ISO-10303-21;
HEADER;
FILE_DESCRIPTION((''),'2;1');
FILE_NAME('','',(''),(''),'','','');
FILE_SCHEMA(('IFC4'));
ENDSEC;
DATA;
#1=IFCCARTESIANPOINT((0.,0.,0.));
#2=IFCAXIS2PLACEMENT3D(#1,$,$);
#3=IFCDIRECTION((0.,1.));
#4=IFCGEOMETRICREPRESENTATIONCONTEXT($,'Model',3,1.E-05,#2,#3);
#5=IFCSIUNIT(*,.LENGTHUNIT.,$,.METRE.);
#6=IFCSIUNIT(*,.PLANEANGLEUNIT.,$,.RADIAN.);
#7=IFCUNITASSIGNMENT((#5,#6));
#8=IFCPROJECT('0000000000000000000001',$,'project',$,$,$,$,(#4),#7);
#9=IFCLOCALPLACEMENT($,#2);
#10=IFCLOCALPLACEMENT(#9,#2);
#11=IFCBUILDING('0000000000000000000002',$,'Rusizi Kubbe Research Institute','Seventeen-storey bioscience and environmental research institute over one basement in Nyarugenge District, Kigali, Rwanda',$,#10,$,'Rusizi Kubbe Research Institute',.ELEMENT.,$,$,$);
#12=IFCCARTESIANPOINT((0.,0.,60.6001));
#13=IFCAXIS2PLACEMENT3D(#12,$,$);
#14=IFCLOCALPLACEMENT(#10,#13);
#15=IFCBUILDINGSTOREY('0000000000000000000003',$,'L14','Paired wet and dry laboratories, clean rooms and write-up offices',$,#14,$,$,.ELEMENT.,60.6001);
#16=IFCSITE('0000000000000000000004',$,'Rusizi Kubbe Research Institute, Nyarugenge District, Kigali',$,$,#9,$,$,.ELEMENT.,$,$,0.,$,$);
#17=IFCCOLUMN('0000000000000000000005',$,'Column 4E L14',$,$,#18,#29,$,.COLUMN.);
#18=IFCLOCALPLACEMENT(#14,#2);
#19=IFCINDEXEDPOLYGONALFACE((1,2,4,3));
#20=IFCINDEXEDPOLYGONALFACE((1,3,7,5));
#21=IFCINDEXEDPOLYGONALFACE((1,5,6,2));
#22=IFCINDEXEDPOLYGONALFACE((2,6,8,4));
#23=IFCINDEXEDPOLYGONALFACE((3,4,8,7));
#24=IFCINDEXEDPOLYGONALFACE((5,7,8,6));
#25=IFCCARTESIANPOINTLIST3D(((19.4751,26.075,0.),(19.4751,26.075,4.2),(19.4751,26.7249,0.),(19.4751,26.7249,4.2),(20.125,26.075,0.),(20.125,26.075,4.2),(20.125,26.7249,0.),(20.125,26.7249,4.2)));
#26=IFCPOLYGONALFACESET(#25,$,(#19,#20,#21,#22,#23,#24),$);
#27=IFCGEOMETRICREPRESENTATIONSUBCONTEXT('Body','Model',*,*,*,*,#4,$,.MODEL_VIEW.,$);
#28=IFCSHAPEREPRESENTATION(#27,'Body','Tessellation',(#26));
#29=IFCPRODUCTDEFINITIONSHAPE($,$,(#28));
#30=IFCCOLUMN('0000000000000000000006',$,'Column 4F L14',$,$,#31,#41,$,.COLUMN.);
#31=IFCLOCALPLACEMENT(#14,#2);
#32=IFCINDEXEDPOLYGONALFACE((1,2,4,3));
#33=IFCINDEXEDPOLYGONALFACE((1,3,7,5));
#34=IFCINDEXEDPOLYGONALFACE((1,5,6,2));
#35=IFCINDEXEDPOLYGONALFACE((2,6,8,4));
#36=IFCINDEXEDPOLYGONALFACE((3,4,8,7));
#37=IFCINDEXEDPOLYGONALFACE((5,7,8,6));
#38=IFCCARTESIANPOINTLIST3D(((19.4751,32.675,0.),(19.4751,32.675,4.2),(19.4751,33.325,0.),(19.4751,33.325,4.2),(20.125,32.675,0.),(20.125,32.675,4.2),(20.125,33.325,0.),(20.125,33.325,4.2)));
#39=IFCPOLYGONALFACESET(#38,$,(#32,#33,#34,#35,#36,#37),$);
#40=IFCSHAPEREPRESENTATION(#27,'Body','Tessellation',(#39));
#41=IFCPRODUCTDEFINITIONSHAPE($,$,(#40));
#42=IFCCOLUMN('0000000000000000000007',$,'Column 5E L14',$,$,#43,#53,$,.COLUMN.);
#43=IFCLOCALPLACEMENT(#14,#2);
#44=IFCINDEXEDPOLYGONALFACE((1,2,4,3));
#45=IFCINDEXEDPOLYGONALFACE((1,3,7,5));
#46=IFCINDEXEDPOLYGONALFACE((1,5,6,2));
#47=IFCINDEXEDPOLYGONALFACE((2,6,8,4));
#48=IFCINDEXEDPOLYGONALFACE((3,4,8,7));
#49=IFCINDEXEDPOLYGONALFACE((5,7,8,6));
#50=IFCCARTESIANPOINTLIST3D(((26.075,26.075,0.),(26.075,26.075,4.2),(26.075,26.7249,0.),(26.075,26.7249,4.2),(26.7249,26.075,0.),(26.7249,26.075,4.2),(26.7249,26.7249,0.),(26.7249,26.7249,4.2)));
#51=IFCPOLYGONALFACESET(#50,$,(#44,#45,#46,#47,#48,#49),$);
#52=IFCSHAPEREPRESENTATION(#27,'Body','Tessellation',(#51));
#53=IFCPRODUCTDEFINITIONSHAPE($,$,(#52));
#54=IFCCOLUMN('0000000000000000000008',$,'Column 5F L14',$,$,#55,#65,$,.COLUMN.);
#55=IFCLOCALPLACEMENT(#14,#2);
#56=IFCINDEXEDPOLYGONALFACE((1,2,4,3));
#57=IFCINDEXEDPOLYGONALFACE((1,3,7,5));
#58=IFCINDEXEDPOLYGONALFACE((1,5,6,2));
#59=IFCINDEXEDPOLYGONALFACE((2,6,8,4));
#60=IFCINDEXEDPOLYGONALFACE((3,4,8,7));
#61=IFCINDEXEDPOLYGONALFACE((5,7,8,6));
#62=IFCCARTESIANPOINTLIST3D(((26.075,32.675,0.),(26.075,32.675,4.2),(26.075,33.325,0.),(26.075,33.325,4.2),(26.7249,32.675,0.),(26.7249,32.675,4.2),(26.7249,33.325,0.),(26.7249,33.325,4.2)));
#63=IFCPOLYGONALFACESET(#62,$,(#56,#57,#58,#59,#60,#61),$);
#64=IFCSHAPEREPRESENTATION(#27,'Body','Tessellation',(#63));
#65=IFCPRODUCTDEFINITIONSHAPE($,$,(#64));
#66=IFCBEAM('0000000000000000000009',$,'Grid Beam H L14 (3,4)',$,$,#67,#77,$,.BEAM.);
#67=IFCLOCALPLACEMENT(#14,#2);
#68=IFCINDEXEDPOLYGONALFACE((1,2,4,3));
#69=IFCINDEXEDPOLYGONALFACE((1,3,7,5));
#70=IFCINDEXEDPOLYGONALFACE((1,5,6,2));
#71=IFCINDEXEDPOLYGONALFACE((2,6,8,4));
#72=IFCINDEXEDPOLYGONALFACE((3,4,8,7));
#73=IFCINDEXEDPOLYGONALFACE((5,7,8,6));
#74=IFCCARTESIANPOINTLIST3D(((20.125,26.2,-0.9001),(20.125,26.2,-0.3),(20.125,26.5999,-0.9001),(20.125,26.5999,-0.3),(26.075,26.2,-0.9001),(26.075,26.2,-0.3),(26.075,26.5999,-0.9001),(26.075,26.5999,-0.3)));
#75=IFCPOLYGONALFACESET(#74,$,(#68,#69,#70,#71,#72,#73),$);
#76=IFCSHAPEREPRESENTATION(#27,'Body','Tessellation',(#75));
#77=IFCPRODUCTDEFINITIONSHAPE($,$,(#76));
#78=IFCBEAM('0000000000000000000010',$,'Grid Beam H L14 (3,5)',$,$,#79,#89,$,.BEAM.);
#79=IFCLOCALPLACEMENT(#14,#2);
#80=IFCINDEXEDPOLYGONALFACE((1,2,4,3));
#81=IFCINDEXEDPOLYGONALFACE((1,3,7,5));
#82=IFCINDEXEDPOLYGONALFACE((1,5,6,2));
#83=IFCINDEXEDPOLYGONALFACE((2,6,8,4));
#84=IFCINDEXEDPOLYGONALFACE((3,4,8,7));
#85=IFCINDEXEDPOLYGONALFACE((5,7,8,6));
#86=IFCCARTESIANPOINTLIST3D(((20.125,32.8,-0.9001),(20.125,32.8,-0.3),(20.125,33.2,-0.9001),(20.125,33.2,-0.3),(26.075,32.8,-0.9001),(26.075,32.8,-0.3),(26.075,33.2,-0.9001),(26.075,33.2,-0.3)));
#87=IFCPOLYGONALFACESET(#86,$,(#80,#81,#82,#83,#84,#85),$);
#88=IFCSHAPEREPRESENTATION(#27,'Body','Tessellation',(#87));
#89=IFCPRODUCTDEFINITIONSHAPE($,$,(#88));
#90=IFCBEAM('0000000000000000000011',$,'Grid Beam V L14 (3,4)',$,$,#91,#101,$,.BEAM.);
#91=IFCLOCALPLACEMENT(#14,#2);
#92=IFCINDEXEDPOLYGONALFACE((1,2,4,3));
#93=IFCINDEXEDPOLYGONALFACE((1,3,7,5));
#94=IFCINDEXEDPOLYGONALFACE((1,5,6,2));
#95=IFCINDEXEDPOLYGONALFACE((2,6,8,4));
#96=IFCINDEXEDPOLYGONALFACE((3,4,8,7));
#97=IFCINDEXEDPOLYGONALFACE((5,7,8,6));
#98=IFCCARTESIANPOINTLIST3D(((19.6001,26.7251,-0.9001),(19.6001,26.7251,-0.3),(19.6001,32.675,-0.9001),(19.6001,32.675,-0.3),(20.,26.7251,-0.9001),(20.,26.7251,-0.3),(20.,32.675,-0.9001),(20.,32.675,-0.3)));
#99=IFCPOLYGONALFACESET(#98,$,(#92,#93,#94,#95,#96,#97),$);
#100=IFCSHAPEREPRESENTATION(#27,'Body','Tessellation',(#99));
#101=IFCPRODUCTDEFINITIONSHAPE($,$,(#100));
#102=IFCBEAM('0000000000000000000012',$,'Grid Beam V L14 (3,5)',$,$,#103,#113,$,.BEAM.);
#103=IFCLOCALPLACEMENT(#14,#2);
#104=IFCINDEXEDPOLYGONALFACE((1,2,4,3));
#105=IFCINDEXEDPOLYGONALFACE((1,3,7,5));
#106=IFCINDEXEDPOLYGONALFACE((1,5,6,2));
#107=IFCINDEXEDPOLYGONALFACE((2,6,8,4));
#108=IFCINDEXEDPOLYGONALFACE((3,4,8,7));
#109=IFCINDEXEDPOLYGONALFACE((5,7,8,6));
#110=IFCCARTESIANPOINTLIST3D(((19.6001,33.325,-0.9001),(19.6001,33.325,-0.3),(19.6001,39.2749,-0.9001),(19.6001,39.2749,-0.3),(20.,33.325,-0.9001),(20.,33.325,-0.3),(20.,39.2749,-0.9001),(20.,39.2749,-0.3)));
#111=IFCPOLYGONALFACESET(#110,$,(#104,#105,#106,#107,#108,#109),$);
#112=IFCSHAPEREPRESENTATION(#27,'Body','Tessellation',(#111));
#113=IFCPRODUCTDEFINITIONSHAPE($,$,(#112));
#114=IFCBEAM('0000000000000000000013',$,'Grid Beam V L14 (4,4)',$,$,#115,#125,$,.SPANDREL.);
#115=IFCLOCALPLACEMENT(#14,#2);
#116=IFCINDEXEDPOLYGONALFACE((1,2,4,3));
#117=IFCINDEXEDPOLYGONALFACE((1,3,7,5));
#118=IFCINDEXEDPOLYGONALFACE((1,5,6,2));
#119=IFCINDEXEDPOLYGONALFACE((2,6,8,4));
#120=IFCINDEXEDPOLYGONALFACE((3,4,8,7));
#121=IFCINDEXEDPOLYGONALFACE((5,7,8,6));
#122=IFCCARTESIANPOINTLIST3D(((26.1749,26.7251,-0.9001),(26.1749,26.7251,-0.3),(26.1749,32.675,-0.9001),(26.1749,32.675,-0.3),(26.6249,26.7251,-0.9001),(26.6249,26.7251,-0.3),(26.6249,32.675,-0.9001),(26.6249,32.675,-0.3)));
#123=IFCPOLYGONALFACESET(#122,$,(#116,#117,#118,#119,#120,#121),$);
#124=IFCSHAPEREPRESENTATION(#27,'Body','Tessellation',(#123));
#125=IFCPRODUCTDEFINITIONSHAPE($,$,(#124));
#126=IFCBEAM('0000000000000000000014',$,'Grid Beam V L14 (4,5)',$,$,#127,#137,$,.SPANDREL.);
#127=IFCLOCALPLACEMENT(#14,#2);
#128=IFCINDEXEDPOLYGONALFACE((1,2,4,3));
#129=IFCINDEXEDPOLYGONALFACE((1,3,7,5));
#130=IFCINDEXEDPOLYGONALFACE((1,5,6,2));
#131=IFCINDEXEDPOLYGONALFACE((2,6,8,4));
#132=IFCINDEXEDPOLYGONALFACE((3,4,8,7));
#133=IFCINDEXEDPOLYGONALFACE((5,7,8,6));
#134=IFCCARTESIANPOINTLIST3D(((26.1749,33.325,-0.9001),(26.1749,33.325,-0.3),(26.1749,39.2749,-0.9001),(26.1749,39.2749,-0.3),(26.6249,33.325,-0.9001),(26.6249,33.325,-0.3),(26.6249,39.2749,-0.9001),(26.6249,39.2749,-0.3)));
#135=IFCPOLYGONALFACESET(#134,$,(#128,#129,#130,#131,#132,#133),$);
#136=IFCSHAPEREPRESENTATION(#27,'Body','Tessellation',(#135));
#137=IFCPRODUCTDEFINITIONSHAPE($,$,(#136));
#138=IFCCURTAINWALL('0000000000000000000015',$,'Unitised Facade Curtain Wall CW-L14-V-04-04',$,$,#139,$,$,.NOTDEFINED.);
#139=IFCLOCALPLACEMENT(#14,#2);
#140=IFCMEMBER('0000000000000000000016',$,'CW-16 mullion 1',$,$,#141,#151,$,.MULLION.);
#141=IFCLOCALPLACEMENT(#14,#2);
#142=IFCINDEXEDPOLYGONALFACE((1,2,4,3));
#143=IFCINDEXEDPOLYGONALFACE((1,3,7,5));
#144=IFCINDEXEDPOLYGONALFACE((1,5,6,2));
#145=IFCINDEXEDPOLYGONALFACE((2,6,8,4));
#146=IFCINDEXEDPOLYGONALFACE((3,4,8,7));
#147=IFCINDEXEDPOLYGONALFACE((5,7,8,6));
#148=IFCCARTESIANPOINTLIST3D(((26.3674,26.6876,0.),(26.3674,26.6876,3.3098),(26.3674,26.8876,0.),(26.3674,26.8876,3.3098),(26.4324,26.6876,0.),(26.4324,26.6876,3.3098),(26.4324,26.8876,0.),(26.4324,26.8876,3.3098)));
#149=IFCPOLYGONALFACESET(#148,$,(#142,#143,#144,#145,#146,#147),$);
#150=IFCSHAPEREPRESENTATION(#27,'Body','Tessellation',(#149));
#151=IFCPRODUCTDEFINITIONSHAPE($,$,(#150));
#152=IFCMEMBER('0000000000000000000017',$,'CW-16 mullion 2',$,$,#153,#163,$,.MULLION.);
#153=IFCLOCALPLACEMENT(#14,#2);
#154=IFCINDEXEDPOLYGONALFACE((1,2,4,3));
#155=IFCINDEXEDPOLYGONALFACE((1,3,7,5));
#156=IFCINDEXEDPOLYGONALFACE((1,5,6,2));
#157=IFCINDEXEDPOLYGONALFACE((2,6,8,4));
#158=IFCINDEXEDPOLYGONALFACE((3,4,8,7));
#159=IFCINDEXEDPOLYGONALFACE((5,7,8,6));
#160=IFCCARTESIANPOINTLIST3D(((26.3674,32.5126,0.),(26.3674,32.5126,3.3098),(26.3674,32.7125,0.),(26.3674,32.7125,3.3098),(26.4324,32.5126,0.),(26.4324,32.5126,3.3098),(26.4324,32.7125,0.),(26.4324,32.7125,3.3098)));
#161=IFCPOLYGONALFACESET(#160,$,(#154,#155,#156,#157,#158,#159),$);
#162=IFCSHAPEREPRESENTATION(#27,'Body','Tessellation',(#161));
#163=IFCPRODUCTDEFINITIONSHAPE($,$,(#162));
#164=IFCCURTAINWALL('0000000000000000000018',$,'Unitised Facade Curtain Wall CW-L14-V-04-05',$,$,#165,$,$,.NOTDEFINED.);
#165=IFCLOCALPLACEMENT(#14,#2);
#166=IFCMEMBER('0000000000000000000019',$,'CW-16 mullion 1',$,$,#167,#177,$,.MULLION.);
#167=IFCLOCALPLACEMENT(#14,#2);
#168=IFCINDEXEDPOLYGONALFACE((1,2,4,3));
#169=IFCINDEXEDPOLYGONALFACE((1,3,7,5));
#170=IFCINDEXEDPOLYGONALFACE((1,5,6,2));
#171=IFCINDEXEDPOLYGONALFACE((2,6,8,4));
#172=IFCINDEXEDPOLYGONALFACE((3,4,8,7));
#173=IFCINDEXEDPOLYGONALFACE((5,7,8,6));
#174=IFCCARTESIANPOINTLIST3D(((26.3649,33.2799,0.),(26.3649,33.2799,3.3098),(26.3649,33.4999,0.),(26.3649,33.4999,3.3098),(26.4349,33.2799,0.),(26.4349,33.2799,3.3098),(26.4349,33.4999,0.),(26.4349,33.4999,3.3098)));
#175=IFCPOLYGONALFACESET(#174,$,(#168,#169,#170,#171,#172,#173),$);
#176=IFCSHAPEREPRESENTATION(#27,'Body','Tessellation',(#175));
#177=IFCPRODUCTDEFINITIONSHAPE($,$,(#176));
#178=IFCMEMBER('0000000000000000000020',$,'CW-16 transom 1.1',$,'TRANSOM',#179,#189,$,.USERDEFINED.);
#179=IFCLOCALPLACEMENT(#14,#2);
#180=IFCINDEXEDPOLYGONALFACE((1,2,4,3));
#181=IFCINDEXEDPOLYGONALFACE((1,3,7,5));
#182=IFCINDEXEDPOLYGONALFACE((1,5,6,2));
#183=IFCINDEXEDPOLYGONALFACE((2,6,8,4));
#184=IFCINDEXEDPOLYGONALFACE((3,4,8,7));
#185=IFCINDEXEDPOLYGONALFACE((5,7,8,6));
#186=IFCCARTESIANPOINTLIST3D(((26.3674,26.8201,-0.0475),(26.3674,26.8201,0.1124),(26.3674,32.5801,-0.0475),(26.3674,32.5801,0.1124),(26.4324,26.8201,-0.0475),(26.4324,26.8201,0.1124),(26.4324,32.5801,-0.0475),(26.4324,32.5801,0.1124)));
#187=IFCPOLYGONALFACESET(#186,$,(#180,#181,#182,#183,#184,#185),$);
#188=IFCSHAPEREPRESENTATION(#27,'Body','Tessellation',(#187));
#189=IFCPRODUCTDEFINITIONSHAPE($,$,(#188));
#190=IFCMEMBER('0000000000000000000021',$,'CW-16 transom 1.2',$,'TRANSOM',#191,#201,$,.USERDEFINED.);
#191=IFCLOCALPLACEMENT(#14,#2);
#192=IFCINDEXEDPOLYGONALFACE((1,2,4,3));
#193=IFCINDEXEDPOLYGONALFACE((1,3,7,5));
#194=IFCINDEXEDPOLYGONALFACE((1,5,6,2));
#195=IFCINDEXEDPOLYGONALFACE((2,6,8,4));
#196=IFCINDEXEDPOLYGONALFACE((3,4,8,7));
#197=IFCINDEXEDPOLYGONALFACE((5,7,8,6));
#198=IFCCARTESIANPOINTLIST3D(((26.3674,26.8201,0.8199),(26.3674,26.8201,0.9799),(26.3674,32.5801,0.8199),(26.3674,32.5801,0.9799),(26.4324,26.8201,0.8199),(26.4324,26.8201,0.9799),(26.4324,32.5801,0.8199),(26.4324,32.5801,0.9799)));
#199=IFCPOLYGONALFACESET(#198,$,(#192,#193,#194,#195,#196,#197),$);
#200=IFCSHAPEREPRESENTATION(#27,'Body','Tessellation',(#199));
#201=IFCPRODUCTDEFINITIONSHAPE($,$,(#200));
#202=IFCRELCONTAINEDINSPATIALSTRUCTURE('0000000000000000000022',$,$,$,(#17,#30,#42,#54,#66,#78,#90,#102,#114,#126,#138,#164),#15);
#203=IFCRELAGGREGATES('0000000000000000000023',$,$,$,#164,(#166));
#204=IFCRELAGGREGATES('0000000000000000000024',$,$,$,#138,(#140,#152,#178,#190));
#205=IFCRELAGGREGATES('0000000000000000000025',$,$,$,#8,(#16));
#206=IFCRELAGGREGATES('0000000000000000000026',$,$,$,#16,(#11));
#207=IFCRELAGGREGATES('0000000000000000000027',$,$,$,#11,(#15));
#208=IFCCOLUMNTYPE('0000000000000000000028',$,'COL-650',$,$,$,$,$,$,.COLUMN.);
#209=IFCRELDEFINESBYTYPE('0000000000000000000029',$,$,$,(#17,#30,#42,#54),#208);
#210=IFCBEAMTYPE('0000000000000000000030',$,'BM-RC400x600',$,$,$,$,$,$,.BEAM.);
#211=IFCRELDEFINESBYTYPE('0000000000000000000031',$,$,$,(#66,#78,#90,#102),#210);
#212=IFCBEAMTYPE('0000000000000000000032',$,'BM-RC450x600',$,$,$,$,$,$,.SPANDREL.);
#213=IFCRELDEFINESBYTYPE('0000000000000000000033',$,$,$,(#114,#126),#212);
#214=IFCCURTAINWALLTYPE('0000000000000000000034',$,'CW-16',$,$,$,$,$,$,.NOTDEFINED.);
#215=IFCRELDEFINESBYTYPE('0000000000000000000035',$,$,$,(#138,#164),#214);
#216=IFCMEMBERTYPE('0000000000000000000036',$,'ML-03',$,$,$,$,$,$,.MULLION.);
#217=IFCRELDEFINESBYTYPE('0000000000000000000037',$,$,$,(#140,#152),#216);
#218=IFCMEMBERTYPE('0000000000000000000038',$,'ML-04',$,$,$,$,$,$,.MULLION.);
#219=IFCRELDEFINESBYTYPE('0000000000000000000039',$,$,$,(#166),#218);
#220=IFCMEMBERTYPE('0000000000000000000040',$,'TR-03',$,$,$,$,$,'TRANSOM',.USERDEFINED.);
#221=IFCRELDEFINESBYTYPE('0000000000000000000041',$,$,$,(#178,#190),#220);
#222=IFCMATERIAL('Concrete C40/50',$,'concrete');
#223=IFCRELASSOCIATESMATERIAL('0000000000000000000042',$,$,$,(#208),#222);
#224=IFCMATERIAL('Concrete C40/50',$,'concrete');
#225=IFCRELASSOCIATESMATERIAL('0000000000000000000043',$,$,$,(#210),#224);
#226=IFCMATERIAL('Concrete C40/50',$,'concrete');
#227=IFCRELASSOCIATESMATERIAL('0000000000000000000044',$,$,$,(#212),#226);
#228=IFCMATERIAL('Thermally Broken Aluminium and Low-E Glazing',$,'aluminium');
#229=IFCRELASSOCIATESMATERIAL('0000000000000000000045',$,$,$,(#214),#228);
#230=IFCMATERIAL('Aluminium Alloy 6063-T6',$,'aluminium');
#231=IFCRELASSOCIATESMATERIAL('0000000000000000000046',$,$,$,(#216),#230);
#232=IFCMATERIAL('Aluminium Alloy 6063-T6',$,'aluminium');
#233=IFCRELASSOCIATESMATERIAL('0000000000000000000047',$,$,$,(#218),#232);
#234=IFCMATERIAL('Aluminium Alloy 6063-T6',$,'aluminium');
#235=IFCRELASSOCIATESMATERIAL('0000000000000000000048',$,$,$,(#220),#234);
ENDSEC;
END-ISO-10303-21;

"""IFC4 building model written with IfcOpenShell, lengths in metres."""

from ifc_helpers import new_model, si_unit, direction, frame, origin, origin_2d, place, context, subcontext, project, spatial, rectangle, extrude, material, material_profile, profile_set, type_object, element, aggregate, save


model = new_model("IFC4")

# Units and contexts
model_context = context("Model", 3, precision=1e-05, world=origin(), true_north=direction((0.0, 1.0)))
body_context = subcontext(model_context, "Body", "Model", "MODEL_VIEW")
ifc_project = project(units=[si_unit("LENGTHUNIT", "METRE"), si_unit("PLANEANGLEUNIT", "RADIAN")], contexts=[model_context])

# Site, building, storey
site_placement = place(None, origin())
site = spatial("IfcSite", under=ifc_project, at=site_placement, Name="Rusizi Kubbe Research Institute, Nyarugenge District, Kigali", CompositionType="ELEMENT", RefElevation=0.0)
building_placement = place(site_placement, origin())
building = spatial("IfcBuilding", under=site, at=building_placement, Name="Rusizi Kubbe Research Institute", Description="Seventeen-storey bioscience and environmental research institute over one basement in Nyarugenge District, Kigali, Rwanda", LongName="Rusizi Kubbe Research Institute", CompositionType="ELEMENT")
storey_placement = place(building_placement, frame((0.0, 0.0, 60.6001)))
storey = spatial("IfcBuildingStorey", under=building, at=storey_placement, Name="L14", Description="Paired wet and dry laboratories, clean rooms and write-up offices", CompositionType="ELEMENT", Elevation=60.6001)

# Columns
ifc_material_1 = material(Name="Concrete C40/50", Category="concrete")
ifc_material_profile_1 = material_profile(ifc_material_1, rectangle(XDim=0.6499, YDim=0.6499, at=origin_2d()), Name="RC650x650")
ifc_profile_set_1 = profile_set([ifc_material_profile_1], Name="Concrete C40/50")
column_type = type_object("IfcColumnType", Name="COL-650", PredefinedType="COLUMN", material=ifc_profile_set_1)
for number, where, z_axis, x_axis, name in (
    (1, (19.8, 26.3999, 0.0), (0.0, 0.0, 1.0), (1.0, 0.0, 0.0), "Column 4E L14"),
    (2, (19.8, 33.0, 0.0), (0.0, 0.0, 1.0), (1.0, 0.0, 0.0), "Column 4F L14"),
    (3, (26.3999, 26.3999, 0.0), (0.0, 0.0, 1.0), (1.0, 0.0, 0.0), "Column 5E L14"),
    (4, (26.3999, 33.0, 0.0), (0.0, 0.0, 1.0), (1.0, 0.0, 0.0), "Column 5F L14"),
):
    element("IfcColumn", number, at=place(storey_placement, frame(where, z_axis=z_axis, x_axis=x_axis)), inside=storey, type_object=column_type, Name=name, PredefinedType="COLUMN", context=body_context, shape_type="SweptSolid", body=[
        extrude(rectangle(XDim=0.6499, YDim=0.6499, at=origin_2d()), origin(), (0.0, 0.0, 1.0), 4.2),
    ])

# Beams
ifc_material_2 = material(Name="Concrete C40/50", Category="concrete")
ifc_material_profile_2 = material_profile(ifc_material_2, rectangle(XDim=0.3999, YDim=0.6001, at=origin_2d()), Name="RC400x600")
ifc_profile_set_2 = profile_set([ifc_material_profile_2], Name="Concrete C40/50")
beam_type_1 = type_object("IfcBeamType", Name="BM-RC400x600", PredefinedType="BEAM", material=ifc_profile_set_2)
for number, where, z_axis, x_axis, name in (
    (5, (20.125, 26.3999, -0.6001), (1.0, 0.0, 0.0), (0.0, 1.0, 0.0), "Grid Beam H L14 (3,4)"),
    (6, (20.125, 33.0, -0.6001), (1.0, 0.0, 0.0), (0.0, 1.0, 0.0), "Grid Beam H L14 (3,5)"),
    (7, (19.8, 26.7251, -0.6001), (0.0, 1.0, 0.0), (-1.0, 0.0, 0.0), "Grid Beam V L14 (3,4)"),
    (8, (19.8, 33.325, -0.6001), (0.0, 1.0, 0.0), (-1.0, 0.0, 0.0), "Grid Beam V L14 (3,5)"),
):
    element("IfcBeam", number, at=place(storey_placement, frame(where, z_axis=z_axis, x_axis=x_axis)), inside=storey, type_object=beam_type_1, Name=name, PredefinedType="BEAM", context=body_context, shape_type="SweptSolid", body=[
        extrude(rectangle(XDim=0.3999, YDim=0.6001, at=origin_2d()), origin(), (0.0, 0.0, 1.0), 5.95),
    ])
ifc_material_3 = material(Name="Concrete C40/50", Category="concrete")
ifc_material_profile_3 = material_profile(ifc_material_3, rectangle(XDim=0.45, YDim=0.6001, at=origin_2d()), Name="RC450x600")
ifc_profile_set_3 = profile_set([ifc_material_profile_3], Name="Concrete C40/50")
beam_type_2 = type_object("IfcBeamType", Name="BM-RC450x600", PredefinedType="SPANDREL", material=ifc_profile_set_3)
for number, where, z_axis, x_axis, name in (
    (9, (26.3999, 26.7251, -0.6001), (0.0, 1.0, 0.0), (-1.0, 0.0, 0.0), "Grid Beam V L14 (4,4)"),
    (10, (26.3999, 33.325, -0.6001), (0.0, 1.0, 0.0), (-1.0, 0.0, 0.0), "Grid Beam V L14 (4,5)"),
):
    element("IfcBeam", number, at=place(storey_placement, frame(where, z_axis=z_axis, x_axis=x_axis)), inside=storey, type_object=beam_type_2, Name=name, PredefinedType="SPANDREL", context=body_context, shape_type="SweptSolid", body=[
        extrude(rectangle(XDim=0.45, YDim=0.6001, at=origin_2d()), origin(), (0.0, 0.0, 1.0), 5.95),
    ])

# Curtain wall, members
ifc_material_4 = material(Name="Thermally Broken Aluminium and Low-E Glazing", Category="aluminium")
curtain_wall_type = type_object("IfcCurtainWallType", Name="CW-16", PredefinedType="NOTDEFINED", material=ifc_material_4)
curtain_wall_1_placement = place(storey_placement, origin())
curtain_wall_1 = element("IfcCurtainWall", 11, at=curtain_wall_1_placement, inside=storey, type_object=curtain_wall_type, Name="Unitised Facade Curtain Wall CW-L14-V-04-04", PredefinedType="NOTDEFINED")
ifc_material_5 = material(Name="Aluminium Alloy 6063-T6", Category="aluminium")
ifc_material_profile_4 = material_profile(ifc_material_5, rectangle(XDim=0.0649, YDim=0.2, at=origin_2d()), Name="ALU-M 65x200")
ifc_profile_set_4 = profile_set([ifc_material_profile_4], Name="Aluminium Alloy 6063-T6")
member_type_1 = type_object("IfcMemberType", Name="ML-03", PredefinedType="MULLION", material=ifc_profile_set_4)
member_1_placement = place(storey_placement, frame((26.3999, 26.7876, 0.0), z_axis=(0.0, 0.0, 1.0), x_axis=(-1.0, 0.0, 0.0)))
member_1 = element("IfcMember", 12, at=member_1_placement, type_object=member_type_1, Name="CW-16 mullion 1", PredefinedType="MULLION", context=body_context, shape_type="SweptSolid", body=[
    extrude(rectangle(XDim=0.0649, YDim=0.2, at=origin_2d()), origin(), (0.0, 0.0, 1.0), 3.3098),
])
member_2_placement = place(storey_placement, frame((26.3999, 32.6125, 0.0), z_axis=(0.0, 0.0, 1.0), x_axis=(-1.0, 0.0, 0.0)))
member_2 = element("IfcMember", 13, at=member_2_placement, type_object=member_type_1, Name="CW-16 mullion 2", PredefinedType="MULLION", context=body_context, shape_type="SweptSolid", body=[
    extrude(rectangle(XDim=0.0649, YDim=0.2, at=origin_2d()), origin(), (0.0, 0.0, 1.0), 3.3098),
])

# Curtain wall, member
curtain_wall_2_placement = place(storey_placement, origin())
curtain_wall_2 = element("IfcCurtainWall", 14, at=curtain_wall_2_placement, inside=storey, type_object=curtain_wall_type, Name="Unitised Facade Curtain Wall CW-L14-V-04-05", PredefinedType="NOTDEFINED")
ifc_material_6 = material(Name="Aluminium Alloy 6063-T6", Category="aluminium")
ifc_material_profile_5 = material_profile(ifc_material_6, rectangle(XDim=0.0701, YDim=0.22, at=origin_2d()), Name="ALU-M 70x220")
ifc_profile_set_5 = profile_set([ifc_material_profile_5], Name="Aluminium Alloy 6063-T6")
member_type_2 = type_object("IfcMemberType", Name="ML-04", PredefinedType="MULLION", material=ifc_profile_set_5)
member_3_placement = place(storey_placement, frame((26.3999, 33.3899, 0.0), z_axis=(0.0, 0.0, 1.0), x_axis=(-1.0, 0.0, 0.0)))
member_3 = element("IfcMember", 15, at=member_3_placement, type_object=member_type_2, Name="CW-16 mullion 1", PredefinedType="MULLION", context=body_context, shape_type="SweptSolid", body=[
    extrude(rectangle(XDim=0.0701, YDim=0.22, at=origin_2d()), origin(), (0.0, 0.0, 1.0), 3.3098),
])

# Members
ifc_material_7 = material(Name="Aluminium Alloy 6063-T6", Category="aluminium")
ifc_material_profile_6 = material_profile(ifc_material_7, rectangle(XDim=0.0649, YDim=0.1599, at=origin_2d()), Name="ALU-T 65x160")
ifc_profile_set_6 = profile_set([ifc_material_profile_6], Name="Aluminium Alloy 6063-T6")
member_type_3 = type_object("IfcMemberType", Name="TR-03", ElementType="TRANSOM", PredefinedType="USERDEFINED", material=ifc_profile_set_6)
member_4_placement = place(storey_placement, frame((26.3999, 26.8201, 0.0325), z_axis=(0.0, 1.0, 0.0), x_axis=(-1.0, 0.0, 0.0)))
member_4 = element("IfcMember", 16, at=member_4_placement, type_object=member_type_3, Name="CW-16 transom 1.1", ObjectType="TRANSOM", PredefinedType="USERDEFINED", context=body_context, shape_type="SweptSolid", body=[
    extrude(rectangle(XDim=0.0649, YDim=0.1599, at=origin_2d()), origin(), (0.0, 0.0, 1.0), 5.76),
])
member_5_placement = place(storey_placement, frame((26.3999, 26.8201, 0.8999), z_axis=(0.0, 1.0, 0.0), x_axis=(-1.0, 0.0, 0.0)))
member_5 = element("IfcMember", 17, at=member_5_placement, type_object=member_type_3, Name="CW-16 transom 1.2", ObjectType="TRANSOM", PredefinedType="USERDEFINED", context=body_context, shape_type="SweptSolid", body=[
    extrude(rectangle(XDim=0.0649, YDim=0.1599, at=origin_2d()), origin(), (0.0, 0.0, 1.0), 5.76),
])
aggregate(curtain_wall_2, [member_3])

aggregate(curtain_wall_1, [member_1, member_2, member_4, member_5])

save(model, "model.ifc")
